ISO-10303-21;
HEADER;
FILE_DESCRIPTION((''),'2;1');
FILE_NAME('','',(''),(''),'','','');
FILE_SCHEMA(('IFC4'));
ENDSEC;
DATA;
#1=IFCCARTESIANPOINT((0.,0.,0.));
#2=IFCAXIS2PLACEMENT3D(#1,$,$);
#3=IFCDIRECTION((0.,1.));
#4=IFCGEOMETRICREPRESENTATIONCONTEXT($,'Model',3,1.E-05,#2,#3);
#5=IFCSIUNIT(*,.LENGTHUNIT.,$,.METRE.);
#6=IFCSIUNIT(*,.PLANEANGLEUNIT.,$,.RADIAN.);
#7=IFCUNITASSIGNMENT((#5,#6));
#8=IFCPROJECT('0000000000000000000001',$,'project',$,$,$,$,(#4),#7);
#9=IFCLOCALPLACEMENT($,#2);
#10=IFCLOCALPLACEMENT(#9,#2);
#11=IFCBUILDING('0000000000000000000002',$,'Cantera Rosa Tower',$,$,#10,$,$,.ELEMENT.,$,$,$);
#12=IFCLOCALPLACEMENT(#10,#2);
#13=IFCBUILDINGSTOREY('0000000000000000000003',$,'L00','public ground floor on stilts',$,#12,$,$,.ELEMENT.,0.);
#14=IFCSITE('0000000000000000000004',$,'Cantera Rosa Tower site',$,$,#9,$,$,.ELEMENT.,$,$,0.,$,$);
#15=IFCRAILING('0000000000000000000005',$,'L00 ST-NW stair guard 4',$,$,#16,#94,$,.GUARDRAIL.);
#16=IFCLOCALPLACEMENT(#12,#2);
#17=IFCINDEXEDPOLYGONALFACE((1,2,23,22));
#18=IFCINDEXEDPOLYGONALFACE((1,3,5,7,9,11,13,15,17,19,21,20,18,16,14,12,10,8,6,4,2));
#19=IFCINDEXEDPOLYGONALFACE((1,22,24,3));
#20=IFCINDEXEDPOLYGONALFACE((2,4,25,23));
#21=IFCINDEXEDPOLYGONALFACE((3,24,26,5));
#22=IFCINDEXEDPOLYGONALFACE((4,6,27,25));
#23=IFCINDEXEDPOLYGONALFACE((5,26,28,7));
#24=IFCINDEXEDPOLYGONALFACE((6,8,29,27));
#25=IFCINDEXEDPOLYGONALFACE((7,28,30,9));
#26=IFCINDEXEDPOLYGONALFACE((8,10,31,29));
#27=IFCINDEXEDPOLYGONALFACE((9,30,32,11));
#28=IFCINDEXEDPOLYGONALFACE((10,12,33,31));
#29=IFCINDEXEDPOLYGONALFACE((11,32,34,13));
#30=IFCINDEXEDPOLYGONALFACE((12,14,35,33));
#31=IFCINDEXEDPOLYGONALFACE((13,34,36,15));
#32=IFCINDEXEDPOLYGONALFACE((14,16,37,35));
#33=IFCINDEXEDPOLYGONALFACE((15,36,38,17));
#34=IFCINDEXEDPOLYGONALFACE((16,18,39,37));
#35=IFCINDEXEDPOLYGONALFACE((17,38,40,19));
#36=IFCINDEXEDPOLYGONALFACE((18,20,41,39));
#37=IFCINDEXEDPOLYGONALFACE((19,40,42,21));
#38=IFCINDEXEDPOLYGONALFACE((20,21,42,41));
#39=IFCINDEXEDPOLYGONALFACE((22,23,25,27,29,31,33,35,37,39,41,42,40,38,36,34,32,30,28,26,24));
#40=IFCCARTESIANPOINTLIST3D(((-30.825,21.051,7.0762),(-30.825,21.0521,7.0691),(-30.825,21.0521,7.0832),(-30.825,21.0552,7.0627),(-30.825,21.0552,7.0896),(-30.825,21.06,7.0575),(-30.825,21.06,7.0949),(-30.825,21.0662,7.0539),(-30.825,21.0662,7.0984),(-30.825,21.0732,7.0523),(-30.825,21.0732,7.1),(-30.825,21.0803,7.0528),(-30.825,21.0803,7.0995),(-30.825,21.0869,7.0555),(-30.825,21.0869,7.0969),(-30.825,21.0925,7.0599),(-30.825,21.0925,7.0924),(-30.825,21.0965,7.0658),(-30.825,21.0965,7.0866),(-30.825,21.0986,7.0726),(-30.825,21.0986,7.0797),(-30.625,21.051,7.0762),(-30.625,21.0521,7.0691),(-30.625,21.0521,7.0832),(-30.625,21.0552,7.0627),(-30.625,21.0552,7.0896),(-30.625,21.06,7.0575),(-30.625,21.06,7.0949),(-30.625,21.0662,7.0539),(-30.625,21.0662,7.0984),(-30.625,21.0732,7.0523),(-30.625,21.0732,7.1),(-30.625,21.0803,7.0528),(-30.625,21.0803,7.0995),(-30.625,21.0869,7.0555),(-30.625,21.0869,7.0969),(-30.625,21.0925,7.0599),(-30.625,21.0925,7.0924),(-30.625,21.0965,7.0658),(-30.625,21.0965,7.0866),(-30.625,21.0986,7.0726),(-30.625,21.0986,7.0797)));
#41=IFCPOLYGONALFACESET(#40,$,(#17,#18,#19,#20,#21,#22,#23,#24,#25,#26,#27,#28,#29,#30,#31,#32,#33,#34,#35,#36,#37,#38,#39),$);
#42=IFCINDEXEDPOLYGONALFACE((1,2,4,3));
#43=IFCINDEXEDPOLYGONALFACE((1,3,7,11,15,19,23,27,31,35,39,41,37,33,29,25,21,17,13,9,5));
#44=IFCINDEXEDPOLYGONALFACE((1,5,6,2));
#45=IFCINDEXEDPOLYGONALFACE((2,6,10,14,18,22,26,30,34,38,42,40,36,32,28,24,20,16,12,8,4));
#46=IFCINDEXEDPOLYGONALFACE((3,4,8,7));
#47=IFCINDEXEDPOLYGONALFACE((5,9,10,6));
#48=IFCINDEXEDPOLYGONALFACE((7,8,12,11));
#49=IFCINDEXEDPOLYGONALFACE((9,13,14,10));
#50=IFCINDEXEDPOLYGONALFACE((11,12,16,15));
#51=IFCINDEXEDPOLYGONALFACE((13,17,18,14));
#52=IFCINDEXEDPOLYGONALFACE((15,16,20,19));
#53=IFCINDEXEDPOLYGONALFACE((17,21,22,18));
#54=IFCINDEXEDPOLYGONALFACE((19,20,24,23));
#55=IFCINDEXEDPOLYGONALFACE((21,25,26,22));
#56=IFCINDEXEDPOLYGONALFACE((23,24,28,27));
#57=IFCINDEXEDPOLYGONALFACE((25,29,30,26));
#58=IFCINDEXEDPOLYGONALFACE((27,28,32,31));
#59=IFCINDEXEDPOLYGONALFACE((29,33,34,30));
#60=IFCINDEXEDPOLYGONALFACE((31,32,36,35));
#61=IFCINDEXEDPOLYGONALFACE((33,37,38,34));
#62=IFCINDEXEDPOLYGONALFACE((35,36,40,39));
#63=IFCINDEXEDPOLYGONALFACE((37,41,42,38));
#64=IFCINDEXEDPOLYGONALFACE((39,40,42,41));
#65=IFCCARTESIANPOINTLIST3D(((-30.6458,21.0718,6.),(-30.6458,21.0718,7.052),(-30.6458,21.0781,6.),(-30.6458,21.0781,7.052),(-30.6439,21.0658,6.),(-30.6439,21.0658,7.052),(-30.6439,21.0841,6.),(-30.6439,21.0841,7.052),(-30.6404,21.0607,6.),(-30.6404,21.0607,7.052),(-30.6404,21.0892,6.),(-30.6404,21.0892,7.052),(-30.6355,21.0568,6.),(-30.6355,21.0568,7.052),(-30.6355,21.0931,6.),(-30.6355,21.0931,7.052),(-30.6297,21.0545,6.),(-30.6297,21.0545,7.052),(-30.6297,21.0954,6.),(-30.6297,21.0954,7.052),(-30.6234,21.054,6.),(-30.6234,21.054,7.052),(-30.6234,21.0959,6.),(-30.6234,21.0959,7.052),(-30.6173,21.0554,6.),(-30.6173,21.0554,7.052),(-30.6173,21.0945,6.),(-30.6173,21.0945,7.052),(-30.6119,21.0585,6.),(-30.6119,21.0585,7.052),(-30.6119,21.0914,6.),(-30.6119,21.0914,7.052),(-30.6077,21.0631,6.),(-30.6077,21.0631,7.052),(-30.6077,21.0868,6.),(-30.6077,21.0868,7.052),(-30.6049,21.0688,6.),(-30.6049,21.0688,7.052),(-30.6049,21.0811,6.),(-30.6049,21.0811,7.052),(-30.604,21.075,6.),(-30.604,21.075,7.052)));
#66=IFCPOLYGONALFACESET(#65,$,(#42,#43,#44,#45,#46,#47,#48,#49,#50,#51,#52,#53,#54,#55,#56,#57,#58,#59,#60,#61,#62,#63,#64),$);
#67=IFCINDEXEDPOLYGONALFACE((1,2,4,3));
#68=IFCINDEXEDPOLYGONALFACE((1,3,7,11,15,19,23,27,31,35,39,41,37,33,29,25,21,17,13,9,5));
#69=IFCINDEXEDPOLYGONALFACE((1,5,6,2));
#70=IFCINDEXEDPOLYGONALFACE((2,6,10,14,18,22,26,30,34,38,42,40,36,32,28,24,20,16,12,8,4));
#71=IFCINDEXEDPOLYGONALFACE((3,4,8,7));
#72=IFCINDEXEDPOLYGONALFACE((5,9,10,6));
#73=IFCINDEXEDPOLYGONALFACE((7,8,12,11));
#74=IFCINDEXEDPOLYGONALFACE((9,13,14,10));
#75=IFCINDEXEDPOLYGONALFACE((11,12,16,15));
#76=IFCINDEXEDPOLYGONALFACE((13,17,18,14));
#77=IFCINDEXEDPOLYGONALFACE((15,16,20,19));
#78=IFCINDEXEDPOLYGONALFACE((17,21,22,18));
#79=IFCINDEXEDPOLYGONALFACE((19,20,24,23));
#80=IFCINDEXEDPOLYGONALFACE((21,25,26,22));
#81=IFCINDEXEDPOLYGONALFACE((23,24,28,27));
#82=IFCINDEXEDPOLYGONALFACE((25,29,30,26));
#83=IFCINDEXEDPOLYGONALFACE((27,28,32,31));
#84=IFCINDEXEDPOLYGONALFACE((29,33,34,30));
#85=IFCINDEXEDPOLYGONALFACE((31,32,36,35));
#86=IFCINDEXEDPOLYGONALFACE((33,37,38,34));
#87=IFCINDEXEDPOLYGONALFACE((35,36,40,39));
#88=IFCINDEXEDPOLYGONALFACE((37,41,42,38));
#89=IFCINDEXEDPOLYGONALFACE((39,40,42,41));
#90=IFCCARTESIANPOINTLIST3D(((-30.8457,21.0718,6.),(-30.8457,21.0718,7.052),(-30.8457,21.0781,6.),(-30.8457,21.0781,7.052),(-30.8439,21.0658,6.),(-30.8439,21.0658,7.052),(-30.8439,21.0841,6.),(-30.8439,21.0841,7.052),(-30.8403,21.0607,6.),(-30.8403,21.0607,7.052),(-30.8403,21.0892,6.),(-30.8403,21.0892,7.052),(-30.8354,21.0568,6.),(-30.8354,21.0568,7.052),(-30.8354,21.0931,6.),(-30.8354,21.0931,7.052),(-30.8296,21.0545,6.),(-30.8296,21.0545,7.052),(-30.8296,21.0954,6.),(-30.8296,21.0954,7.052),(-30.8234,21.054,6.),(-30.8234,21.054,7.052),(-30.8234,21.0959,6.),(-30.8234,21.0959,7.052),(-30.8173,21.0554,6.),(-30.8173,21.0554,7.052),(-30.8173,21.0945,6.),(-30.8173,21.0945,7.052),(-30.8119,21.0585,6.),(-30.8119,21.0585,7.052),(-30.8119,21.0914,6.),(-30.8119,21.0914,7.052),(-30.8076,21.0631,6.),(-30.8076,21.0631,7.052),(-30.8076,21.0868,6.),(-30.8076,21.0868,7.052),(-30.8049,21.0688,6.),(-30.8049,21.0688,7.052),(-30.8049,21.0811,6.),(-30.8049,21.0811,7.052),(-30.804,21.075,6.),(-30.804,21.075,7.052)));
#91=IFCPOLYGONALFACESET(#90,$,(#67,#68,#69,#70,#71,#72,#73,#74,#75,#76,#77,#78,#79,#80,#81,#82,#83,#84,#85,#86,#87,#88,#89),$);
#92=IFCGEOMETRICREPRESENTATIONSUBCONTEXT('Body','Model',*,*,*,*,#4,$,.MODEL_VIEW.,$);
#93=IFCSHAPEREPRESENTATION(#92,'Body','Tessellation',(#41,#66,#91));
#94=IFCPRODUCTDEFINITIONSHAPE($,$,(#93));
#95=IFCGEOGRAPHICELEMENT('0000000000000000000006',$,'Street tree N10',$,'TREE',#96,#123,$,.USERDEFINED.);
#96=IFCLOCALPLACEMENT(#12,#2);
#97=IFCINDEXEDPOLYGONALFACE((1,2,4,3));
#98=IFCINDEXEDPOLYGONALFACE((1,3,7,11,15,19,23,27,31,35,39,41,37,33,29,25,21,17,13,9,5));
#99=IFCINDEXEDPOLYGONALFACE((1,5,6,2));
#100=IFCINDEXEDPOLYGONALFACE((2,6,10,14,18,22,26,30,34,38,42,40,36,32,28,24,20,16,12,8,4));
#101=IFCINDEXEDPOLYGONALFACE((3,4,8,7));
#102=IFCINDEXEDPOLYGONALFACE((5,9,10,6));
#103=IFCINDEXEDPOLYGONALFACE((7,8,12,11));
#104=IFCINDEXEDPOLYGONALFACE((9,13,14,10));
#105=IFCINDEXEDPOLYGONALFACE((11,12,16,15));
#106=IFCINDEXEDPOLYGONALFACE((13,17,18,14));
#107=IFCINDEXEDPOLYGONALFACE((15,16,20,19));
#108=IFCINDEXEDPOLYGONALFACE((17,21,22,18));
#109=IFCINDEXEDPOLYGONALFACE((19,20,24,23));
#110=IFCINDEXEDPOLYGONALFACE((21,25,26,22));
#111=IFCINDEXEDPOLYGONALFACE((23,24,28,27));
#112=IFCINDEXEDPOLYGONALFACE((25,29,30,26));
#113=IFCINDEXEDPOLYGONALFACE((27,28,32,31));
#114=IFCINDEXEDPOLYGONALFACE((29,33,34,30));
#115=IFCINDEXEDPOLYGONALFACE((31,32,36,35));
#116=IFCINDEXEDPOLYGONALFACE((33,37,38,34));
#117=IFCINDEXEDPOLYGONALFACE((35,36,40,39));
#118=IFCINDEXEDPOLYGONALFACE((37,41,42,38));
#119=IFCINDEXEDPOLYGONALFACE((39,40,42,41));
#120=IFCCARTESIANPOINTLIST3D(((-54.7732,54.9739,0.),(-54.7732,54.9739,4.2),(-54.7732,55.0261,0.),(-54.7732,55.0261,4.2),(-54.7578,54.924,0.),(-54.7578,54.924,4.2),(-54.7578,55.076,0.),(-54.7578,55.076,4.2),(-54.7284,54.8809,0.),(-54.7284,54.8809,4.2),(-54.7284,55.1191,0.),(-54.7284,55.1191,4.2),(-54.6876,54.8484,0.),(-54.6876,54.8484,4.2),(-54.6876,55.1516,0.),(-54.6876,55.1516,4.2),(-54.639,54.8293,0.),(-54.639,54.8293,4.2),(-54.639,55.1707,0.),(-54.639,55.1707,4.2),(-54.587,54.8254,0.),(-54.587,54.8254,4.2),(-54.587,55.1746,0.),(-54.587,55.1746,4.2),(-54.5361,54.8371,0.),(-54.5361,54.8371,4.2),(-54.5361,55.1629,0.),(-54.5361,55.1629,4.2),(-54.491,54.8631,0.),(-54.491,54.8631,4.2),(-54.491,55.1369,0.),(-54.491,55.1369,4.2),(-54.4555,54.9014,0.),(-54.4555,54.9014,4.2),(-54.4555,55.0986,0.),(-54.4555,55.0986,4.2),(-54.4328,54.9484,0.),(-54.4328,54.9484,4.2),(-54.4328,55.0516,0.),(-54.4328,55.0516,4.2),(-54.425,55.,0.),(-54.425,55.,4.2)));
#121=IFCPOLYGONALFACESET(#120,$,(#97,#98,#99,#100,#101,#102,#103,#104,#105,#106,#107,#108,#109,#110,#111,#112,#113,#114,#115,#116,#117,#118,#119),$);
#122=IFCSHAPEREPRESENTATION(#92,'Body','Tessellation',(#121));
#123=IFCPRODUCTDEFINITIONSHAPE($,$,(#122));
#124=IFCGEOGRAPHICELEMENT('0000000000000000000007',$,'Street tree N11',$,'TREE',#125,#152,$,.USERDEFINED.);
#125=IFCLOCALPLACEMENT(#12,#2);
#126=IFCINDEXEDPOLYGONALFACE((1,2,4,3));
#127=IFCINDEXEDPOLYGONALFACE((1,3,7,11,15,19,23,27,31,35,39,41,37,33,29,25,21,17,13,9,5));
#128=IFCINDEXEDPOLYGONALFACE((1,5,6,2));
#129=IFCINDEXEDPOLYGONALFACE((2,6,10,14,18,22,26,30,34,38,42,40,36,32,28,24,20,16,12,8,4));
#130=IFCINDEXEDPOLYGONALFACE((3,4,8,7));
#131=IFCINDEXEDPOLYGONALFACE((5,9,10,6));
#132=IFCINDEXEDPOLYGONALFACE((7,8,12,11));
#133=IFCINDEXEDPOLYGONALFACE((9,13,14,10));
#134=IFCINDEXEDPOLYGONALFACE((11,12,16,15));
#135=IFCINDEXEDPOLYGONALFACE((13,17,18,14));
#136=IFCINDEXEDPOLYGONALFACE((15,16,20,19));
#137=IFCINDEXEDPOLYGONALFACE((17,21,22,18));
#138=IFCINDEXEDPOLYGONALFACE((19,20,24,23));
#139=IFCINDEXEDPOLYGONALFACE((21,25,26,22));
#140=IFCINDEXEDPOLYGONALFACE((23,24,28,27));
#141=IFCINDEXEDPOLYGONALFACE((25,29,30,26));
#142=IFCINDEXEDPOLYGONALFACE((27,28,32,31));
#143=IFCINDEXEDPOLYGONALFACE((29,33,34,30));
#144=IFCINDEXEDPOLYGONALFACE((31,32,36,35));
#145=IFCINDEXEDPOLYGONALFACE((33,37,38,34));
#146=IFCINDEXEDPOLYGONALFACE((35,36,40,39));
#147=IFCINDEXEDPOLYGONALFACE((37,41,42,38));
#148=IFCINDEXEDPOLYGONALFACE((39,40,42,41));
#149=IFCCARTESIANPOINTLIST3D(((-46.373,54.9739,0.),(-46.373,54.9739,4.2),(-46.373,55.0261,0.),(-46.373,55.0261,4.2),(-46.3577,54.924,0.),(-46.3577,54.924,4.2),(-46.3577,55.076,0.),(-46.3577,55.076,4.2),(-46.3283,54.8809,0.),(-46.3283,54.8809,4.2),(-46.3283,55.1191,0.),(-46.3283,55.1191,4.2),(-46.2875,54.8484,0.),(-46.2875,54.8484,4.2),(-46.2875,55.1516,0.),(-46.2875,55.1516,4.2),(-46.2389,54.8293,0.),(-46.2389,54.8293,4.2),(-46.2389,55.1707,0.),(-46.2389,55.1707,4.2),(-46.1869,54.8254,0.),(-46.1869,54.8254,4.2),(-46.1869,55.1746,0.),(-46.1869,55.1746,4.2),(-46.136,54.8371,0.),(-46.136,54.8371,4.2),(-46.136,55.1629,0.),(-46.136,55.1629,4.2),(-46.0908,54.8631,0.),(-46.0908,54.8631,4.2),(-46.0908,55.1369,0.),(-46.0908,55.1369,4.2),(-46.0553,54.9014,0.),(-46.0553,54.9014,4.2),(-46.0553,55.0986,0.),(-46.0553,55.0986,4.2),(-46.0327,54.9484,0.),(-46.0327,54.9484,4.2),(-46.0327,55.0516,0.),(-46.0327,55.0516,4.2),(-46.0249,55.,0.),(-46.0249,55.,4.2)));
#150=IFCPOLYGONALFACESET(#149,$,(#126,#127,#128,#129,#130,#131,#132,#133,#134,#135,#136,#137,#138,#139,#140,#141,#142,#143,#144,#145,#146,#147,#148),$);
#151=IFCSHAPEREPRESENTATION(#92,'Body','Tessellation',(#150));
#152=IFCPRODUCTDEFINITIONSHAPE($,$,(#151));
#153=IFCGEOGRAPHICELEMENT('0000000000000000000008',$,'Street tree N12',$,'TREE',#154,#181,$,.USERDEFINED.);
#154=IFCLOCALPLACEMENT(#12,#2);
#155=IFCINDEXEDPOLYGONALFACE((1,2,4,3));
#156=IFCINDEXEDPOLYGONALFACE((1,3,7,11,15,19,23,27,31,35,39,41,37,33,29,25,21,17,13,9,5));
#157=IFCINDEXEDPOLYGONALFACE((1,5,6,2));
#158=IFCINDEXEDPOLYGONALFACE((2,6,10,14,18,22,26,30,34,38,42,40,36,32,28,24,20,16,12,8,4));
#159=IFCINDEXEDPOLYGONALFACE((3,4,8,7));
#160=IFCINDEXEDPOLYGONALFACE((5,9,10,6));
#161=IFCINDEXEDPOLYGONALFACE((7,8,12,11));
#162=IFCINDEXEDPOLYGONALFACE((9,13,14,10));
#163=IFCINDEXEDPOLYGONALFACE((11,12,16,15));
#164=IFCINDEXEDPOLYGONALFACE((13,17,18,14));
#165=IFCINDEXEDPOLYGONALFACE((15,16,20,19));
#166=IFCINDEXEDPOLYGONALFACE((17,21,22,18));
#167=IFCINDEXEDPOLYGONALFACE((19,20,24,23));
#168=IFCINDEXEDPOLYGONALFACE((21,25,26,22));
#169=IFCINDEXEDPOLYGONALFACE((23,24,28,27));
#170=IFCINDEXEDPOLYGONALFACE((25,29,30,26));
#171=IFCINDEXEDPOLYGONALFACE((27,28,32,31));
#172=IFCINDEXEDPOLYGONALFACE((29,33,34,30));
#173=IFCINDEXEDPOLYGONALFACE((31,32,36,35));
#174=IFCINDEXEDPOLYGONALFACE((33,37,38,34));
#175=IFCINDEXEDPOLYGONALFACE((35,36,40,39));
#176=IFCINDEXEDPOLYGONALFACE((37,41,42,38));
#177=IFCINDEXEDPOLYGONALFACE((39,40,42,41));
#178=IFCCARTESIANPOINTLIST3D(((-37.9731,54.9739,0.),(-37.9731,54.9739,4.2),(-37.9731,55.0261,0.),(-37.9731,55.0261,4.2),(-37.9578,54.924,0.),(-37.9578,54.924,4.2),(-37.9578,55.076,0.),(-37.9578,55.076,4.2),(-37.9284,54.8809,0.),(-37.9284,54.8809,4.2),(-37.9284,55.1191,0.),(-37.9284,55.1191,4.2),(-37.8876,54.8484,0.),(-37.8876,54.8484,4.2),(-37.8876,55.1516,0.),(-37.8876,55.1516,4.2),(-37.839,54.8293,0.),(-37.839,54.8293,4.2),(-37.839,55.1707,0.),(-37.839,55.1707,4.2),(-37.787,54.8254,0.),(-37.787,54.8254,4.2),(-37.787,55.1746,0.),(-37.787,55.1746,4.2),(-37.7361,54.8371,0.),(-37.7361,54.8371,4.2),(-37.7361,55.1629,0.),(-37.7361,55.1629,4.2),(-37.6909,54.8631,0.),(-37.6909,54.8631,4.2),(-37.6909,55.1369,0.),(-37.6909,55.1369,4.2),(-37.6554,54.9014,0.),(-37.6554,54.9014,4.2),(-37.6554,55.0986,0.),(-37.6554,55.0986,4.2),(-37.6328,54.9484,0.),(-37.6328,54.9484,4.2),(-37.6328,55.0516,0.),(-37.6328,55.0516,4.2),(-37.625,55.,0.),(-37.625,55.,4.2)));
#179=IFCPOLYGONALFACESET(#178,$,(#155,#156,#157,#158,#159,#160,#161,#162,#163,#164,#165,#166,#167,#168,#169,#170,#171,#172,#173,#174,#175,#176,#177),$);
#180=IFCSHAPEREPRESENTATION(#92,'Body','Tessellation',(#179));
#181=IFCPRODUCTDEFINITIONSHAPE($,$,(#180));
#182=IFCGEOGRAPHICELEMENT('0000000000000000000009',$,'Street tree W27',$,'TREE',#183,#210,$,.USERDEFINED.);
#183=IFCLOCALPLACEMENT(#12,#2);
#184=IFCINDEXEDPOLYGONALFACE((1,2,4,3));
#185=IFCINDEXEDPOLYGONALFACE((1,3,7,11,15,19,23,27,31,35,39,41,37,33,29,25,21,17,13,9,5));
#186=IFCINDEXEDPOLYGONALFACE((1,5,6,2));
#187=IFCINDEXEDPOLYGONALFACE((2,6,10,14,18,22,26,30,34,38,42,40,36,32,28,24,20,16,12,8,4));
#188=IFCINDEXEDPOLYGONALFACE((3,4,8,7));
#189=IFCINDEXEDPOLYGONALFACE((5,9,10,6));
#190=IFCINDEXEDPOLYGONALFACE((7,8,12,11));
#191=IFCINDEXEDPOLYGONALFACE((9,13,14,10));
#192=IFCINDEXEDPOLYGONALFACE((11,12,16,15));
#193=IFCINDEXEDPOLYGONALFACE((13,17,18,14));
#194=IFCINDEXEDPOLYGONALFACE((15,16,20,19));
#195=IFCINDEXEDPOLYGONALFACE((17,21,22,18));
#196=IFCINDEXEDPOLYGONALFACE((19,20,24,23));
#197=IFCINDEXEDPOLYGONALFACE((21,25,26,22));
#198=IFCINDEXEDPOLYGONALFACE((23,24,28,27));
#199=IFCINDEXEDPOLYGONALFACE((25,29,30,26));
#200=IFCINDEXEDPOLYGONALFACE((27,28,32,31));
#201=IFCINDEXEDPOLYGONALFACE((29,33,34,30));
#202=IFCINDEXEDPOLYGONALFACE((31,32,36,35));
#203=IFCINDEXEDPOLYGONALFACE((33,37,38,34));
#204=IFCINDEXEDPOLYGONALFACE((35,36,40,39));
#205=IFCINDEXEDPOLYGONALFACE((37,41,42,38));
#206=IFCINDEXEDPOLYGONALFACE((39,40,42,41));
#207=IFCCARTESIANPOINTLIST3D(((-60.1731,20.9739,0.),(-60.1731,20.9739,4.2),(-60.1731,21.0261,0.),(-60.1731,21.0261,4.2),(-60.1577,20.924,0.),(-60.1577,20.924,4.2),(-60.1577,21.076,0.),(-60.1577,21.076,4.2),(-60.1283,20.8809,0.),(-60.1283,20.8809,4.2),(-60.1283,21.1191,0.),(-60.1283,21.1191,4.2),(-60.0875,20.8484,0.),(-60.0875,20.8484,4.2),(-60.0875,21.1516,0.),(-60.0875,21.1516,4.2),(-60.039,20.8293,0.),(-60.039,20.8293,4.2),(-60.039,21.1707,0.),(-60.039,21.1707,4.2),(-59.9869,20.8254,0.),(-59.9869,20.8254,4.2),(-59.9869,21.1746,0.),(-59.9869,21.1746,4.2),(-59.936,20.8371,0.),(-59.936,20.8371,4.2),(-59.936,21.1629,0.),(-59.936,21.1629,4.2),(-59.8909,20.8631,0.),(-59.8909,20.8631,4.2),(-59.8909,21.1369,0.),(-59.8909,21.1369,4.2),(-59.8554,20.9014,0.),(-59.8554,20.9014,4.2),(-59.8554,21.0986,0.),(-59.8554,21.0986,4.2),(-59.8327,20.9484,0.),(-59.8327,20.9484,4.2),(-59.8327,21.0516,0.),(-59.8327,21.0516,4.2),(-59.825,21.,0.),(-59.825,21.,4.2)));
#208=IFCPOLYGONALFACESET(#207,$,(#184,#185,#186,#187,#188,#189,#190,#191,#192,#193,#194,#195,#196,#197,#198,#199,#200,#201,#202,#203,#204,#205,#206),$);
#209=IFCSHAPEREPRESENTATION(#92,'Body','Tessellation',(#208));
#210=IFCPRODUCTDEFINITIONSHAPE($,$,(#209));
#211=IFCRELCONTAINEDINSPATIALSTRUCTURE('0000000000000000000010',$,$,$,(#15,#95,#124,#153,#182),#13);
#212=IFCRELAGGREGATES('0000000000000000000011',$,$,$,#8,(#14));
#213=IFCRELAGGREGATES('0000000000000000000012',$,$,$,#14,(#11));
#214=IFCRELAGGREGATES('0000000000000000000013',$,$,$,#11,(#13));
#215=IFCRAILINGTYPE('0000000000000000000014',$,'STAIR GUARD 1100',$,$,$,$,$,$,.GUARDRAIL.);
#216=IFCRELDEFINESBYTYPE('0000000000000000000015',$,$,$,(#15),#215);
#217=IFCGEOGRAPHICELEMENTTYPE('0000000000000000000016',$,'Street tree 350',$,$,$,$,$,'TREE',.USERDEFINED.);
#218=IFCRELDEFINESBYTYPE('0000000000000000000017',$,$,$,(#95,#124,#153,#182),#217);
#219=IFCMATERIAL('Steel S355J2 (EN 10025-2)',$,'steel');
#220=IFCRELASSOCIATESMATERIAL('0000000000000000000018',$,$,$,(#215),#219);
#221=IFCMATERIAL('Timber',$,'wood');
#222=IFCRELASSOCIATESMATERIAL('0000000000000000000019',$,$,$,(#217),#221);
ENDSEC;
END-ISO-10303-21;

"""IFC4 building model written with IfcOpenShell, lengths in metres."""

from ifc_helpers import new_model, si_unit, direction, frame, origin, origin_2d, place, context, subcontext, project, spatial, circle, extrude, material, material_profile, profile_set, type_object, element, save


model = new_model("IFC4")

# Units and contexts
model_context = context("Model", 3, precision=1e-05, world=origin(), true_north=direction((0.0, 1.0)))
body_context = subcontext(model_context, "Body", "Model", "MODEL_VIEW")
ifc_project = project(units=[si_unit("LENGTHUNIT", "METRE"), si_unit("PLANEANGLEUNIT", "RADIAN")], contexts=[model_context])

# Site, building, storey
site_placement = place(None, origin())
site = spatial("IfcSite", under=ifc_project, at=site_placement, Name="Cantera Rosa Tower site", CompositionType="ELEMENT", RefElevation=0.0)
building_placement = place(site_placement, origin())
building = spatial("IfcBuilding", under=site, at=building_placement, Name="Cantera Rosa Tower", CompositionType="ELEMENT")
storey_placement = place(building_placement, origin())
storey = spatial("IfcBuildingStorey", under=building, at=storey_placement, Name="L00", Description="public ground floor on stilts", CompositionType="ELEMENT", Elevation=0.0)

# Railing
ifc_material_1 = material(Name="Steel S355J2 (EN 10025-2)", Category="steel")
railing_type_1 = type_object("IfcRailingType", Name="STAIR GUARD 1100", PredefinedType="GUARDRAIL", material=ifc_material_1)
railing_1_placement = place(storey_placement, frame((-30.625, 21.075, 6.0)))
element("IfcRailing", 1, at=railing_1_placement, inside=storey, type_object=railing_type_1, Name="L00 ST-NW stair guard 4", PredefinedType="GUARDRAIL", context=body_context, shape_type="SweptSolid", body=[
    extrude(circle(Radius=0.0239, at=origin_2d()), frame((0.0, 0.0, 1.0762), z_axis=(-1.0, 0.0, 0.0), x_axis=(0.0, -1.0, 0.0)), (0.0, 0.0, 1.0), 0.2),
    extrude(circle(Radius=0.021, at=origin_2d()), origin(), (0.0, 0.0, 1.0), 1.052),
    extrude(circle(Radius=0.021, at=origin_2d()), frame((-0.2, 0.0, 0.0)), (0.0, 0.0, 1.0), 1.052),
])

# Geographic elements
ifc_material_2 = material(Name="Timber", Category="wood")
ifc_material_profile_1 = material_profile(ifc_material_2, circle(Radius=0.175, at=origin_2d()), Name="Street tree 350")
ifc_profile_set_1 = profile_set([ifc_material_profile_1], Name="Timber")
geographic_element_type = type_object("IfcGeographicElementType", Name="Street tree 350", ElementType="TREE", PredefinedType="USERDEFINED", material=ifc_profile_set_1)
for number, where, z_axis, x_axis, name in (
    (2, (-54.6001, 55.0, 0.0), (0.0, 0.0, 1.0), (1.0, 0.0, 0.0), "Street tree N10"),
    (3, (-46.2, 55.0, 0.0), (0.0, 0.0, 1.0), (1.0, 0.0, 0.0), "Street tree N11"),
    (4, (-37.8, 55.0, 0.0), (0.0, 0.0, 1.0), (1.0, 0.0, 0.0), "Street tree N12"),
    (5, (-60.0, 21.0, 0.0), (0.0, 0.0, 1.0), (1.0, 0.0, 0.0), "Street tree W27"),
):
    element("IfcGeographicElement", number, at=place(storey_placement, frame(where, z_axis=z_axis, x_axis=x_axis)), inside=storey, type_object=geographic_element_type, Name=name, ObjectType="TREE", PredefinedType="USERDEFINED", context=body_context, shape_type="SweptSolid", body=[
        extrude(circle(Radius=0.175, at=origin_2d()), origin(), (0.0, 0.0, 1.0), 4.2),
    ])

save(model, "model.ifc")
